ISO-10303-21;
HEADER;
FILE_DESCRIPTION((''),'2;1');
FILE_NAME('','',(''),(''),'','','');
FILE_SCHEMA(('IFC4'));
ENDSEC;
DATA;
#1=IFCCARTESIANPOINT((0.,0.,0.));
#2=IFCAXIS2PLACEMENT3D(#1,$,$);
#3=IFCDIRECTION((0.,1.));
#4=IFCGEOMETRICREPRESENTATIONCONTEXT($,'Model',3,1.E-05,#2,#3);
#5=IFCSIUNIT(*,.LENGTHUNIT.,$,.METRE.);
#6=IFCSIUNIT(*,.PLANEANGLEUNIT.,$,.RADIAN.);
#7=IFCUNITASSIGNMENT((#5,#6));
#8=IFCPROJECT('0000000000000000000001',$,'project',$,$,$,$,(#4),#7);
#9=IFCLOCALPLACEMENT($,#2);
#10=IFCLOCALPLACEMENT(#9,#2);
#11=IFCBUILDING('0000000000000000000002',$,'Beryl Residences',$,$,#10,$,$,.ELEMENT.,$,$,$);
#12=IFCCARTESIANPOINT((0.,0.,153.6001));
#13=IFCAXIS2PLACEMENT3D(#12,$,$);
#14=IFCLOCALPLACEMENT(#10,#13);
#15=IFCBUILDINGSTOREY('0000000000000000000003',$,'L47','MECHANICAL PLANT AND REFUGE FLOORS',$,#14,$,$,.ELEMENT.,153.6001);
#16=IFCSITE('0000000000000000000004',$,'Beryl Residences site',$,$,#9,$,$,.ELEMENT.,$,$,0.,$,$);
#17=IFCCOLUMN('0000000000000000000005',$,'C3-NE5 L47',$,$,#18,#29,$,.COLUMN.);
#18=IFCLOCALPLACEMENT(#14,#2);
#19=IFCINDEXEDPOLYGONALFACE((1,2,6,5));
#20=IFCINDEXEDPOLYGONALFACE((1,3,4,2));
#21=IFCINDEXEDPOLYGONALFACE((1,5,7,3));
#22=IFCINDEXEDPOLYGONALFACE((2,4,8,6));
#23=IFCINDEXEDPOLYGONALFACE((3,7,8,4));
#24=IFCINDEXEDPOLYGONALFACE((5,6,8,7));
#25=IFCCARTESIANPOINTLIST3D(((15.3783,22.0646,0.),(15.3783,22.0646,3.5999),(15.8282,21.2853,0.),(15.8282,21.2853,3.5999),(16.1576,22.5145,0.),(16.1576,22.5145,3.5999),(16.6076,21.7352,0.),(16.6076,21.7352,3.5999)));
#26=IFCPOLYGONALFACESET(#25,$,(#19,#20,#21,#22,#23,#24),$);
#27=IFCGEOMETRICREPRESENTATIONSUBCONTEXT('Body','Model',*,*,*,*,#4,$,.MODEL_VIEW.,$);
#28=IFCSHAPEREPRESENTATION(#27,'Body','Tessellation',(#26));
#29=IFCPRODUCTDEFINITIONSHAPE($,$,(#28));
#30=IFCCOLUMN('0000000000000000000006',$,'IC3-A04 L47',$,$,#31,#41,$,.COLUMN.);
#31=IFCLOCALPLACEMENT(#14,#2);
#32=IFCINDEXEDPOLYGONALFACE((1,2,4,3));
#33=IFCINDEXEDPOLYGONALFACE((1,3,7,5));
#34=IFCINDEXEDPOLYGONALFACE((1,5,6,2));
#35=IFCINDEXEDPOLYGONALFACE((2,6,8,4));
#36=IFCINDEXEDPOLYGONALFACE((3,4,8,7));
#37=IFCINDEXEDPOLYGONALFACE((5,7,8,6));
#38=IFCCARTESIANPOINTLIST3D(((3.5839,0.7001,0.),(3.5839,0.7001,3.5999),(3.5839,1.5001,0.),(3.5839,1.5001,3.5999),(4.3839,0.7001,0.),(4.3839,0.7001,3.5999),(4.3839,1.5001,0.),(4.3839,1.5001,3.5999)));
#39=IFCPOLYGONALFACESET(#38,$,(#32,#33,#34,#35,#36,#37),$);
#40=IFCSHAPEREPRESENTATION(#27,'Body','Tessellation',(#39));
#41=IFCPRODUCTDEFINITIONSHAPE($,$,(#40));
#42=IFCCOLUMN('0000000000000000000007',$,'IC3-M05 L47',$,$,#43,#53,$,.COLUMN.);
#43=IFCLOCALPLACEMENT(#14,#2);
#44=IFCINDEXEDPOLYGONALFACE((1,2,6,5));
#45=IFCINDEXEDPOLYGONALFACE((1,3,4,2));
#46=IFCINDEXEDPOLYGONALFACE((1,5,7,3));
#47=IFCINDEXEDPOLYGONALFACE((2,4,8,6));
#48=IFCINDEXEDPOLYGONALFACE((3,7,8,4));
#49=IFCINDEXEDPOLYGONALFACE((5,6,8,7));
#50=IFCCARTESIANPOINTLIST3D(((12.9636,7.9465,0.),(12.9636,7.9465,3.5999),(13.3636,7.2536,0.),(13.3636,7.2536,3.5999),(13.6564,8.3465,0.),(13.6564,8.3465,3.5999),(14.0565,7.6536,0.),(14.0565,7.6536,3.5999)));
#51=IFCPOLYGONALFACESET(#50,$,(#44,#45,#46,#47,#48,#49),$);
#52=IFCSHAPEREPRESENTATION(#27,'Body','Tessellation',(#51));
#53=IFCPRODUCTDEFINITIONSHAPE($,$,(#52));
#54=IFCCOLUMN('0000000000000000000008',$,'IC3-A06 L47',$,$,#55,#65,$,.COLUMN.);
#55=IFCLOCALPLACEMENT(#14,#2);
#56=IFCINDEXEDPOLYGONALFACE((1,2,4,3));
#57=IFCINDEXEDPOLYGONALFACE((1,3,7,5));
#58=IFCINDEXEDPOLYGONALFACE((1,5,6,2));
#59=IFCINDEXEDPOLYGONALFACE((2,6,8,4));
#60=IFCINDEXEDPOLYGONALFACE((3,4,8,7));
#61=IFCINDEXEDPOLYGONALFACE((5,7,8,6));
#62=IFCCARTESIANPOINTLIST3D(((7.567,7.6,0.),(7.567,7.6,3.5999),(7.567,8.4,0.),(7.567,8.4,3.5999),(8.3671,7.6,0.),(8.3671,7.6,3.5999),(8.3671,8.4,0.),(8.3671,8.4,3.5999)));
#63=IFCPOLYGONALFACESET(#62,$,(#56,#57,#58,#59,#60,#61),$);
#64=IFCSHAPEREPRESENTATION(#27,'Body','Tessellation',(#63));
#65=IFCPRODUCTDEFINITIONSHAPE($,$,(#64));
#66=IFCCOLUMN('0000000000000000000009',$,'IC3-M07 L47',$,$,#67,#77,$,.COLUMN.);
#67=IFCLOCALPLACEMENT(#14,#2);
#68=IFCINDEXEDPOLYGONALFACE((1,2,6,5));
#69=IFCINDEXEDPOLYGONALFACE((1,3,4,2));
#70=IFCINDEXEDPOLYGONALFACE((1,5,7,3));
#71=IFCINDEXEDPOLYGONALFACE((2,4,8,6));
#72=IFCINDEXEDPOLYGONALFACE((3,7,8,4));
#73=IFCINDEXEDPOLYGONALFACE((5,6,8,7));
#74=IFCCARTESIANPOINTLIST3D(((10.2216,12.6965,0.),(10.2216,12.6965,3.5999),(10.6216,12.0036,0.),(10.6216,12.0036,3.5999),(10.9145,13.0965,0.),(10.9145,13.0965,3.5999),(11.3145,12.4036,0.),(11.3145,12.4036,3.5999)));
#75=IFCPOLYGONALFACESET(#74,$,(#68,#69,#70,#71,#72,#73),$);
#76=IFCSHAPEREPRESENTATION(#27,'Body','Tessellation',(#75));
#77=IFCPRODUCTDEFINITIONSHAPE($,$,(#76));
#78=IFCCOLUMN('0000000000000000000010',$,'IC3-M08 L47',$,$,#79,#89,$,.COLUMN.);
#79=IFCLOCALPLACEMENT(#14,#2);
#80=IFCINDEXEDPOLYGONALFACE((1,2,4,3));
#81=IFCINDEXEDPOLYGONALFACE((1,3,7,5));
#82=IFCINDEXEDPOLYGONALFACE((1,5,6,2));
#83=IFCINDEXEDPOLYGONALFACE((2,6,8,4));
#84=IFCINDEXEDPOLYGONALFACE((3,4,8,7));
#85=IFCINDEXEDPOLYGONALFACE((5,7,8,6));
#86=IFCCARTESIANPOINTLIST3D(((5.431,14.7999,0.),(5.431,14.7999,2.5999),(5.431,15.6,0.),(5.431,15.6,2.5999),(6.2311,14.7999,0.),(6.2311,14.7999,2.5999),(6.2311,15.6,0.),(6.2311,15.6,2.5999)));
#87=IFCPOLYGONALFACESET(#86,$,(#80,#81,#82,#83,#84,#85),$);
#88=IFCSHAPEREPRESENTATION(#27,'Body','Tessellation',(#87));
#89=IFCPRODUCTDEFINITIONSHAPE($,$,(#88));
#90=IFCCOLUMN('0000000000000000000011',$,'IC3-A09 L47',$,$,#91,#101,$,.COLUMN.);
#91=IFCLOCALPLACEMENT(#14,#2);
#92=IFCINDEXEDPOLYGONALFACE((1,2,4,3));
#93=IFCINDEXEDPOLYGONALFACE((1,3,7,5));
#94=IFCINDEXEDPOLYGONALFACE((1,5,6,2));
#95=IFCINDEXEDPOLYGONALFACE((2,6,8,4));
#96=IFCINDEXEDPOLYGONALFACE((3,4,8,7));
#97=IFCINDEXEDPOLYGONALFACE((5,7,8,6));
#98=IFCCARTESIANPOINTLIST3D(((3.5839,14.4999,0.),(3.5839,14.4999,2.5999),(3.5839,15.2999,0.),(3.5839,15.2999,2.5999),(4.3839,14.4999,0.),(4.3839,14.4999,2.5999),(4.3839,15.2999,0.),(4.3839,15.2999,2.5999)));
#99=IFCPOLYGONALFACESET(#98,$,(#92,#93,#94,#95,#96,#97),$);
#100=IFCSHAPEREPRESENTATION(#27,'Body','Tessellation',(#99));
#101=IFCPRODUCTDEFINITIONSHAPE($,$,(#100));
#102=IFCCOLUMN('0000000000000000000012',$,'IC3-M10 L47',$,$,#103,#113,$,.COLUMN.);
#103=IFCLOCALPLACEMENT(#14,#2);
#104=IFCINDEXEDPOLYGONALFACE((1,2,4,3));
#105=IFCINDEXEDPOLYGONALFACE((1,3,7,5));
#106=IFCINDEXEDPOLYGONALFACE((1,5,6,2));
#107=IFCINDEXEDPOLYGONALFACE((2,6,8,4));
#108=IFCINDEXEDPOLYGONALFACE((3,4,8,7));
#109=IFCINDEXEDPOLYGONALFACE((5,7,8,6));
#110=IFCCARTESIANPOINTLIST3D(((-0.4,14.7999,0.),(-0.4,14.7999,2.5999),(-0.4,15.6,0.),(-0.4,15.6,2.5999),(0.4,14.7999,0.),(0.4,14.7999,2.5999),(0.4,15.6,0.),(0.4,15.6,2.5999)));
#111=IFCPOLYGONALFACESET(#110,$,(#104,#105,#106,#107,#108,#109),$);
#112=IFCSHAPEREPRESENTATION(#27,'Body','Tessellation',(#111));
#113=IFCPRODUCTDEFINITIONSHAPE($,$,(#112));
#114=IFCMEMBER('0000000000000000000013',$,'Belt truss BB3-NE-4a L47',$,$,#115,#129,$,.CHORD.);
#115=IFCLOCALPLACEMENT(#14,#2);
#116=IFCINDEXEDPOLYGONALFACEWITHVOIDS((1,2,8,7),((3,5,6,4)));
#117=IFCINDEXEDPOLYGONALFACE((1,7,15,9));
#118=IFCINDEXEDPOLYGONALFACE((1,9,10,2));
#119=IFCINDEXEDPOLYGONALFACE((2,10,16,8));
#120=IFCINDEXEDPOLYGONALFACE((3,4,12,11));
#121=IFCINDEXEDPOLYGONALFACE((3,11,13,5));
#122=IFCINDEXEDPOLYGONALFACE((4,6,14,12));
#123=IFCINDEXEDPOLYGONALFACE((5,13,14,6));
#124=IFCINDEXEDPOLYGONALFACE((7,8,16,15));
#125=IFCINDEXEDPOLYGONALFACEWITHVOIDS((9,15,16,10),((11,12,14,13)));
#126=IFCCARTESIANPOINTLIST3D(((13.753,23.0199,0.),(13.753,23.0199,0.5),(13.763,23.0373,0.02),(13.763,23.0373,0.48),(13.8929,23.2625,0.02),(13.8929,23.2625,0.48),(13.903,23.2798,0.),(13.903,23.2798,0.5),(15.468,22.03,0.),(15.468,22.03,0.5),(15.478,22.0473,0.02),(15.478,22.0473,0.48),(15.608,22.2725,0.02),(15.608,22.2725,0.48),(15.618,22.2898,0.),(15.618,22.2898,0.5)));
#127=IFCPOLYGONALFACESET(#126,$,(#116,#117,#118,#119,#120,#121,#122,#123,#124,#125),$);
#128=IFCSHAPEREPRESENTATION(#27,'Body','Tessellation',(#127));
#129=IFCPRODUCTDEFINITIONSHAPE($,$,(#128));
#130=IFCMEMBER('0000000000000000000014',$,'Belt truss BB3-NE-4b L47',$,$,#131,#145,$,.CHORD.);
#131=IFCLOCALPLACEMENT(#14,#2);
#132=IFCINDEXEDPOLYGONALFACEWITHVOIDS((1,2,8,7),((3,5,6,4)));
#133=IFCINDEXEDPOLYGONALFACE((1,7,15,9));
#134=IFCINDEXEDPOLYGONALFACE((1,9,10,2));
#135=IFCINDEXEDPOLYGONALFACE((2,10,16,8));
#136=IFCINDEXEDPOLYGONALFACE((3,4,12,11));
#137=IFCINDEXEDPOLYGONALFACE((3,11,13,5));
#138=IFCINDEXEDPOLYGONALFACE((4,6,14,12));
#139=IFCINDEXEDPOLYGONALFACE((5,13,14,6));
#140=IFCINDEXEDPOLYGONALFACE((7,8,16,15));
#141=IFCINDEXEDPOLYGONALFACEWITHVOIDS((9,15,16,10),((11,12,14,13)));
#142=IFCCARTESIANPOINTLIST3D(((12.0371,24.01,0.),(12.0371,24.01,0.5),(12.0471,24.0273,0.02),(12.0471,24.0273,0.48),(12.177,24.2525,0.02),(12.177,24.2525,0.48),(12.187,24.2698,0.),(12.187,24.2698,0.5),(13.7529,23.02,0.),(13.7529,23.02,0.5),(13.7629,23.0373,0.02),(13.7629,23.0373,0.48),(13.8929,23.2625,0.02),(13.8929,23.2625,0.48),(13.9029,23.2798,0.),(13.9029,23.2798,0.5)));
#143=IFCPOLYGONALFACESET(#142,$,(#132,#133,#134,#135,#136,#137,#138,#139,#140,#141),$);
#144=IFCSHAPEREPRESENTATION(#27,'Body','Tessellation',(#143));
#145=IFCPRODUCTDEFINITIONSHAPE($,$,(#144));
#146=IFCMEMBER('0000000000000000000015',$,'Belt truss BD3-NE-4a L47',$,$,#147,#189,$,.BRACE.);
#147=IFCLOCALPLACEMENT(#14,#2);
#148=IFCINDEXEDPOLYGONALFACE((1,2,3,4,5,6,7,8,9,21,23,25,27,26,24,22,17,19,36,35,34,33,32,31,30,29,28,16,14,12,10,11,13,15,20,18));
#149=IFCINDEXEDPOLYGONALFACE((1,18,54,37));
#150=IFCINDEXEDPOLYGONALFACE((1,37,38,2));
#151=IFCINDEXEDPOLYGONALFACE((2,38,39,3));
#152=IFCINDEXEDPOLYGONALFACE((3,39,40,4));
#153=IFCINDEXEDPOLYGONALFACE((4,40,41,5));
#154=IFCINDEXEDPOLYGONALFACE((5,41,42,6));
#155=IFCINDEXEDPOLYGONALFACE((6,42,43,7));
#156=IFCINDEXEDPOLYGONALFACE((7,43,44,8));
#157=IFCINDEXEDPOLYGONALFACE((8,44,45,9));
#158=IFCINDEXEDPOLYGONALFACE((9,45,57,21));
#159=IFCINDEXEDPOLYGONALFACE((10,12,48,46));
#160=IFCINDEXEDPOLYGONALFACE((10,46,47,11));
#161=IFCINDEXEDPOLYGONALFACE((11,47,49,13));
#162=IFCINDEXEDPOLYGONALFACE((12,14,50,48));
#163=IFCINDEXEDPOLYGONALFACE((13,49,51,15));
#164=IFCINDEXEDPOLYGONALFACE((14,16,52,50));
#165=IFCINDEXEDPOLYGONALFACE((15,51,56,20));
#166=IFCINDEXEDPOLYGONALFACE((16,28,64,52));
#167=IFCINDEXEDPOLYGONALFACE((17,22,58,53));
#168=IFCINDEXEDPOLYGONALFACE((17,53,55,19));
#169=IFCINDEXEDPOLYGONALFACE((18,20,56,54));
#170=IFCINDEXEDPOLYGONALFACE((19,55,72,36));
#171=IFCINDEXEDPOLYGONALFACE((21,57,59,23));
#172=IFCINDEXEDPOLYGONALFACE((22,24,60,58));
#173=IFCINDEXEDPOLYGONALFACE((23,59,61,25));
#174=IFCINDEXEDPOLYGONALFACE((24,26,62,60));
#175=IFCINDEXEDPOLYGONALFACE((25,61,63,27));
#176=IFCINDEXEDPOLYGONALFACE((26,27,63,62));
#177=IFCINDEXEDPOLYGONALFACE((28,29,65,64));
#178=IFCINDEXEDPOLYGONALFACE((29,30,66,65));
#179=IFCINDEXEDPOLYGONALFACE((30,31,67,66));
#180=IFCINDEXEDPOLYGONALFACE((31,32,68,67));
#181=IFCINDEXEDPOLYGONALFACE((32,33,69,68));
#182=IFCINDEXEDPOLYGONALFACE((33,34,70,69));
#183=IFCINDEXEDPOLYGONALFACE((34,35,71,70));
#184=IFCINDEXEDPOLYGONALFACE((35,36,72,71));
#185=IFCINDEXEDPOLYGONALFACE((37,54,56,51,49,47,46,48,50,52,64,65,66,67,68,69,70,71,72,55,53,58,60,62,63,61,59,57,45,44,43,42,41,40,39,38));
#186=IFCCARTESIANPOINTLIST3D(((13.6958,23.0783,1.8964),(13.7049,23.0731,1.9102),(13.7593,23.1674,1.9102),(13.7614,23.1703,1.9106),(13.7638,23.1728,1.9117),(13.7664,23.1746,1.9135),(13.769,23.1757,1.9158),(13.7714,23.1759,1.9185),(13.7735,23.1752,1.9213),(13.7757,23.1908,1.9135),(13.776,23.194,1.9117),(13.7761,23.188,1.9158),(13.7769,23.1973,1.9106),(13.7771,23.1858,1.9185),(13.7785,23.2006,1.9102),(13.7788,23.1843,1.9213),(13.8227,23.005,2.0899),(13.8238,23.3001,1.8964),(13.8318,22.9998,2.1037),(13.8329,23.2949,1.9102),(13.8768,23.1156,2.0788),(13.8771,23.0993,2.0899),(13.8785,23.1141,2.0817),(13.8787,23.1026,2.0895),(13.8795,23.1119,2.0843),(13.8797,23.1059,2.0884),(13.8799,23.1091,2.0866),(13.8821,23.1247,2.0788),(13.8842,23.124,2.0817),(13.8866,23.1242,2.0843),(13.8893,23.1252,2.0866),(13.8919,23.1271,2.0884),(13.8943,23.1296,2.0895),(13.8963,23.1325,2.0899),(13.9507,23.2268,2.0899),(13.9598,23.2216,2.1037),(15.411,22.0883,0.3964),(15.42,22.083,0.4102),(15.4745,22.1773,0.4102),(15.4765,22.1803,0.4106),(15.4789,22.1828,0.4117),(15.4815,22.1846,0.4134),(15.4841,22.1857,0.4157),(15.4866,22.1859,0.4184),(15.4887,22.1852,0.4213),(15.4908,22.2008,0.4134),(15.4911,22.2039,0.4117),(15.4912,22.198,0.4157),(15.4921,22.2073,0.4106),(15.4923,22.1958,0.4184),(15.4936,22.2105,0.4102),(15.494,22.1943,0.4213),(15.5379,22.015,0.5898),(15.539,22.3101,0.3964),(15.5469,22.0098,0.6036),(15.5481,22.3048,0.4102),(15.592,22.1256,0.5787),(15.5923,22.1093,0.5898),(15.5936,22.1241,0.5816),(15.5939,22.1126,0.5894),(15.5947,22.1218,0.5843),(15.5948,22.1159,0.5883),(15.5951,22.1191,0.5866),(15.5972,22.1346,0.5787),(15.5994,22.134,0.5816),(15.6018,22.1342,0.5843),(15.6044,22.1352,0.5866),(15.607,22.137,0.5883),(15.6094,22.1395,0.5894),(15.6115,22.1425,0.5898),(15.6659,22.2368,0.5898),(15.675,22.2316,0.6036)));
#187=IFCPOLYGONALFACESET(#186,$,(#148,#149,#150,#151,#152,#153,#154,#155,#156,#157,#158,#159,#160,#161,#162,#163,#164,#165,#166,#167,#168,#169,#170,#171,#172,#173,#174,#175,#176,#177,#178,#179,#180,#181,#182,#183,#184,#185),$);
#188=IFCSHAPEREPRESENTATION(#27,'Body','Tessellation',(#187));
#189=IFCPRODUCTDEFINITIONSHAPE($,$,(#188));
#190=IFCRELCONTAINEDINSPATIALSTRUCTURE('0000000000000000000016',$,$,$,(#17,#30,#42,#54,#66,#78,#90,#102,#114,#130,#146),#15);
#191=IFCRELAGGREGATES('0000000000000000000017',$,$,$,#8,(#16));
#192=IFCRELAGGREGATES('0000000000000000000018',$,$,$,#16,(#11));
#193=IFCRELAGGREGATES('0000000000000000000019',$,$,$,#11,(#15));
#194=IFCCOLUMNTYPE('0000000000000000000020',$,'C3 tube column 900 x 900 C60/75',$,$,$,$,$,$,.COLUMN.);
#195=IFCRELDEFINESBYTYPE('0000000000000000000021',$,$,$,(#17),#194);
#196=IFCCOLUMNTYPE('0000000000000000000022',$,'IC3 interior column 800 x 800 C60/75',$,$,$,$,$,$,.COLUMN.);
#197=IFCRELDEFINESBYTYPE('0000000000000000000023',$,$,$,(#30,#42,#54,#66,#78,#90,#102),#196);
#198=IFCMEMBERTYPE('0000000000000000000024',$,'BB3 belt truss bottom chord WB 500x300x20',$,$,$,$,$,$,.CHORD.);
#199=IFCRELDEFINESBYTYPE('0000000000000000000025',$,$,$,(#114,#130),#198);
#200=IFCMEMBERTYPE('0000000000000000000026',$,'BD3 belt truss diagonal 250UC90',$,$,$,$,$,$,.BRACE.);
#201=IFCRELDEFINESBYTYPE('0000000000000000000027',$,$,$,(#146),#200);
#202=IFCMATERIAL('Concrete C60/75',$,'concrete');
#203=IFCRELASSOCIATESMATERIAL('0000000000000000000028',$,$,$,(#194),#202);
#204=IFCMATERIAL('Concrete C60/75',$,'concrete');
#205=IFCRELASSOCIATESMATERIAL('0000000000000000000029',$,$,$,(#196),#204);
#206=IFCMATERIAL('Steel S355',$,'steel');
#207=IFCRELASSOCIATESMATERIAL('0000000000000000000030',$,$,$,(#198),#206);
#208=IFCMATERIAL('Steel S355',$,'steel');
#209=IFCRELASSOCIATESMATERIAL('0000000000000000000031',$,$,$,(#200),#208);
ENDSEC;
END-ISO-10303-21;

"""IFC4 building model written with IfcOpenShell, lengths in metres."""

from ifc_helpers import new_model, si_unit, direction, frame, origin, origin_2d, place, context, subcontext, project, spatial, rectangle, hollow_rectangle, i_section, extrude, material, material_profile, profile_set, type_object, element, save


model = new_model("IFC4")

# Units and contexts
model_context = context("Model", 3, precision=1e-05, world=origin(), true_north=direction((0.0, 1.0)))
body_context = subcontext(model_context, "Body", "Model", "MODEL_VIEW")
ifc_project = project(units=[si_unit("LENGTHUNIT", "METRE"), si_unit("PLANEANGLEUNIT", "RADIAN")], contexts=[model_context])

# Site, building, storey
site_placement = place(None, origin())
site = spatial("IfcSite", under=ifc_project, at=site_placement, Name="Beryl Residences site", CompositionType="ELEMENT", RefElevation=0.0)
building_placement = place(site_placement, origin())
building = spatial("IfcBuilding", under=site, at=building_placement, Name="Beryl Residences", CompositionType="ELEMENT")
storey_placement = place(building_placement, frame((0.0, 0.0, 153.6001)))
storey = spatial("IfcBuildingStorey", under=building, at=storey_placement, Name="L47", Description="MECHANICAL PLANT AND REFUGE FLOORS", CompositionType="ELEMENT", Elevation=153.6001)

# Columns
ifc_material_1 = material(Name="Concrete C60/75", Category="concrete")
ifc_material_profile_1 = material_profile(ifc_material_1, rectangle(XDim=0.8999, YDim=0.8999, at=origin_2d()))
ifc_profile_set_1 = profile_set([ifc_material_profile_1], Name="Concrete C60/75")
column_type_1 = type_object("IfcColumnType", Name="C3 tube column 900 x 900 C60/75", PredefinedType="COLUMN", material=ifc_profile_set_1)
column_placement = place(storey_placement, frame((15.9929, 21.8999, 0.0), z_axis=(0.0, 0.0, 1.0), x_axis=(-0.5, 0.866025, 0.0)))
element("IfcColumn", 1, at=column_placement, inside=storey, type_object=column_type_1, Name="C3-NE5 L47", PredefinedType="COLUMN", context=body_context, shape_type="SweptSolid", body=[
    extrude(rectangle(XDim=0.8999, YDim=0.8999, at=origin_2d()), origin(), (0.0, 0.0, 1.0), 3.5999),
])
ifc_material_2 = material(Name="Concrete C60/75", Category="concrete")
ifc_material_profile_2 = material_profile(ifc_material_2, rectangle(XDim=0.8, YDim=0.8, at=origin_2d()))
ifc_profile_set_2 = profile_set([ifc_material_profile_2], Name="Concrete C60/75")
column_type_2 = type_object("IfcColumnType", Name="IC3 interior column 800 x 800 C60/75", PredefinedType="COLUMN", material=ifc_profile_set_2)
for number, where, z_axis, x_axis, name in (
    (2, (3.9839, 1.1001, 0.0), (0.0, 0.0, 1.0), (1.0, 0.0, 0.0), "IC3-A04 L47"),
    (3, (13.51, 7.8, 0.0), (0.0, 0.0, 1.0), (-0.5, 0.866025, 0.0), "IC3-M05 L47"),
    (4, (7.967, 8.0, 0.0), (0.0, 0.0, 1.0), (1.0, 0.0, 0.0), "IC3-A06 L47"),
    (5, (10.7681, 12.55, 0.0), (0.0, 0.0, 1.0), (-0.5, 0.866025, 0.0), "IC3-M07 L47"),
):
    element("IfcColumn", number, at=place(storey_placement, frame(where, z_axis=z_axis, x_axis=x_axis)), inside=storey, type_object=column_type_2, Name=name, PredefinedType="COLUMN", context=body_context, shape_type="SweptSolid", body=[
        extrude(rectangle(XDim=0.8, YDim=0.8, at=origin_2d()), origin(), (0.0, 0.0, 1.0), 3.5999),
    ])
for number, where, z_axis, x_axis, name in (
    (6, (5.8311, 15.2, 0.0), (0.0, 0.0, 1.0), (-1.0, 0.0, 0.0), "IC3-M08 L47"),
    (7, (3.9839, 14.8999, 0.0), (0.0, 0.0, 1.0), (1.0, 0.0, 0.0), "IC3-A09 L47"),
    (8, (0.0, 15.2, 0.0), (0.0, 0.0, 1.0), (-1.0, 0.0, 0.0), "IC3-M10 L47"),
):
    element("IfcColumn", number, at=place(storey_placement, frame(where, z_axis=z_axis, x_axis=x_axis)), inside=storey, type_object=column_type_2, Name=name, PredefinedType="COLUMN", context=body_context, shape_type="SweptSolid", body=[
        extrude(rectangle(XDim=0.8, YDim=0.8, at=origin_2d()), origin(), (0.0, 0.0, 1.0), 2.5999),
    ])

# Members
ifc_material_3 = material(Name="Steel S355", Category="steel")
ifc_material_profile_3 = material_profile(ifc_material_3, hollow_rectangle(XDim=0.3, YDim=0.5, WallThickness=0.02, at=origin_2d()))
ifc_profile_set_3 = profile_set([ifc_material_profile_3], Name="Steel S355")
member_type_1 = type_object("IfcMemberType", Name="BB3 belt truss bottom chord WB 500x300x20", PredefinedType="CHORD", material=ifc_profile_set_3)
member_1_placement = place(storey_placement, frame((15.543, 22.1599, 0.25), z_axis=(-0.866073, 0.499918, 0.0), x_axis=(-0.499918, -0.866073, 0.0)))
element("IfcMember", 9, at=member_1_placement, inside=storey, type_object=member_type_1, Name="Belt truss BB3-NE-4a L47", PredefinedType="CHORD", context=body_context, shape_type="SweptSolid", body=[
    extrude(hollow_rectangle(XDim=0.3, YDim=0.5, WallThickness=0.02, at=origin_2d()), origin(), (0.0, 0.0, 1.0), 1.9802),
])
member_2_placement = place(storey_placement, frame((13.8279, 23.1499, 0.25), z_axis=(-0.866165, 0.499758, 0.0), x_axis=(-0.499758, -0.866165, 0.0)))
element("IfcMember", 10, at=member_2_placement, inside=storey, type_object=member_type_1, Name="Belt truss BB3-NE-4b L47", PredefinedType="CHORD", context=body_context, shape_type="SweptSolid", body=[
    extrude(hollow_rectangle(XDim=0.3, YDim=0.5, WallThickness=0.02, at=origin_2d()), origin(), (0.0, 0.0, 1.0), 1.981),
])
ifc_material_4 = material(Name="Steel S355", Category="steel")
ifc_material_profile_4 = material_profile(ifc_material_4, i_section(OverallWidth=0.2561, OverallDepth=0.26, WebThickness=0.0105, FlangeThickness=0.0173, FilletRadius=0.0139, at=origin_2d()))
ifc_profile_set_4 = profile_set([ifc_material_profile_4], Name="Steel S355")
member_type_2 = type_object("IfcMemberType", Name="BD3 belt truss diagonal 250UC90", PredefinedType="BRACE", material=ifc_profile_set_4)
member_3_placement = place(storey_placement, frame((15.543, 22.1599, 0.5), z_axis=(-0.690378, 0.398503, 0.603799), x_axis=(-0.499918, -0.866073, 0.0)))
element("IfcMember", 11, at=member_3_placement, inside=storey, type_object=member_type_2, Name="Belt truss BD3-NE-4a L47", PredefinedType="BRACE", context=body_context, shape_type="SweptSolid", body=[
    extrude(i_section(OverallWidth=0.2561, OverallDepth=0.26, WebThickness=0.0105, FlangeThickness=0.0173, FilletRadius=0.0139, at=origin_2d()), origin(), (0.0, 0.0, 1.0), 2.4844),
])

save(model, "model.ifc")
